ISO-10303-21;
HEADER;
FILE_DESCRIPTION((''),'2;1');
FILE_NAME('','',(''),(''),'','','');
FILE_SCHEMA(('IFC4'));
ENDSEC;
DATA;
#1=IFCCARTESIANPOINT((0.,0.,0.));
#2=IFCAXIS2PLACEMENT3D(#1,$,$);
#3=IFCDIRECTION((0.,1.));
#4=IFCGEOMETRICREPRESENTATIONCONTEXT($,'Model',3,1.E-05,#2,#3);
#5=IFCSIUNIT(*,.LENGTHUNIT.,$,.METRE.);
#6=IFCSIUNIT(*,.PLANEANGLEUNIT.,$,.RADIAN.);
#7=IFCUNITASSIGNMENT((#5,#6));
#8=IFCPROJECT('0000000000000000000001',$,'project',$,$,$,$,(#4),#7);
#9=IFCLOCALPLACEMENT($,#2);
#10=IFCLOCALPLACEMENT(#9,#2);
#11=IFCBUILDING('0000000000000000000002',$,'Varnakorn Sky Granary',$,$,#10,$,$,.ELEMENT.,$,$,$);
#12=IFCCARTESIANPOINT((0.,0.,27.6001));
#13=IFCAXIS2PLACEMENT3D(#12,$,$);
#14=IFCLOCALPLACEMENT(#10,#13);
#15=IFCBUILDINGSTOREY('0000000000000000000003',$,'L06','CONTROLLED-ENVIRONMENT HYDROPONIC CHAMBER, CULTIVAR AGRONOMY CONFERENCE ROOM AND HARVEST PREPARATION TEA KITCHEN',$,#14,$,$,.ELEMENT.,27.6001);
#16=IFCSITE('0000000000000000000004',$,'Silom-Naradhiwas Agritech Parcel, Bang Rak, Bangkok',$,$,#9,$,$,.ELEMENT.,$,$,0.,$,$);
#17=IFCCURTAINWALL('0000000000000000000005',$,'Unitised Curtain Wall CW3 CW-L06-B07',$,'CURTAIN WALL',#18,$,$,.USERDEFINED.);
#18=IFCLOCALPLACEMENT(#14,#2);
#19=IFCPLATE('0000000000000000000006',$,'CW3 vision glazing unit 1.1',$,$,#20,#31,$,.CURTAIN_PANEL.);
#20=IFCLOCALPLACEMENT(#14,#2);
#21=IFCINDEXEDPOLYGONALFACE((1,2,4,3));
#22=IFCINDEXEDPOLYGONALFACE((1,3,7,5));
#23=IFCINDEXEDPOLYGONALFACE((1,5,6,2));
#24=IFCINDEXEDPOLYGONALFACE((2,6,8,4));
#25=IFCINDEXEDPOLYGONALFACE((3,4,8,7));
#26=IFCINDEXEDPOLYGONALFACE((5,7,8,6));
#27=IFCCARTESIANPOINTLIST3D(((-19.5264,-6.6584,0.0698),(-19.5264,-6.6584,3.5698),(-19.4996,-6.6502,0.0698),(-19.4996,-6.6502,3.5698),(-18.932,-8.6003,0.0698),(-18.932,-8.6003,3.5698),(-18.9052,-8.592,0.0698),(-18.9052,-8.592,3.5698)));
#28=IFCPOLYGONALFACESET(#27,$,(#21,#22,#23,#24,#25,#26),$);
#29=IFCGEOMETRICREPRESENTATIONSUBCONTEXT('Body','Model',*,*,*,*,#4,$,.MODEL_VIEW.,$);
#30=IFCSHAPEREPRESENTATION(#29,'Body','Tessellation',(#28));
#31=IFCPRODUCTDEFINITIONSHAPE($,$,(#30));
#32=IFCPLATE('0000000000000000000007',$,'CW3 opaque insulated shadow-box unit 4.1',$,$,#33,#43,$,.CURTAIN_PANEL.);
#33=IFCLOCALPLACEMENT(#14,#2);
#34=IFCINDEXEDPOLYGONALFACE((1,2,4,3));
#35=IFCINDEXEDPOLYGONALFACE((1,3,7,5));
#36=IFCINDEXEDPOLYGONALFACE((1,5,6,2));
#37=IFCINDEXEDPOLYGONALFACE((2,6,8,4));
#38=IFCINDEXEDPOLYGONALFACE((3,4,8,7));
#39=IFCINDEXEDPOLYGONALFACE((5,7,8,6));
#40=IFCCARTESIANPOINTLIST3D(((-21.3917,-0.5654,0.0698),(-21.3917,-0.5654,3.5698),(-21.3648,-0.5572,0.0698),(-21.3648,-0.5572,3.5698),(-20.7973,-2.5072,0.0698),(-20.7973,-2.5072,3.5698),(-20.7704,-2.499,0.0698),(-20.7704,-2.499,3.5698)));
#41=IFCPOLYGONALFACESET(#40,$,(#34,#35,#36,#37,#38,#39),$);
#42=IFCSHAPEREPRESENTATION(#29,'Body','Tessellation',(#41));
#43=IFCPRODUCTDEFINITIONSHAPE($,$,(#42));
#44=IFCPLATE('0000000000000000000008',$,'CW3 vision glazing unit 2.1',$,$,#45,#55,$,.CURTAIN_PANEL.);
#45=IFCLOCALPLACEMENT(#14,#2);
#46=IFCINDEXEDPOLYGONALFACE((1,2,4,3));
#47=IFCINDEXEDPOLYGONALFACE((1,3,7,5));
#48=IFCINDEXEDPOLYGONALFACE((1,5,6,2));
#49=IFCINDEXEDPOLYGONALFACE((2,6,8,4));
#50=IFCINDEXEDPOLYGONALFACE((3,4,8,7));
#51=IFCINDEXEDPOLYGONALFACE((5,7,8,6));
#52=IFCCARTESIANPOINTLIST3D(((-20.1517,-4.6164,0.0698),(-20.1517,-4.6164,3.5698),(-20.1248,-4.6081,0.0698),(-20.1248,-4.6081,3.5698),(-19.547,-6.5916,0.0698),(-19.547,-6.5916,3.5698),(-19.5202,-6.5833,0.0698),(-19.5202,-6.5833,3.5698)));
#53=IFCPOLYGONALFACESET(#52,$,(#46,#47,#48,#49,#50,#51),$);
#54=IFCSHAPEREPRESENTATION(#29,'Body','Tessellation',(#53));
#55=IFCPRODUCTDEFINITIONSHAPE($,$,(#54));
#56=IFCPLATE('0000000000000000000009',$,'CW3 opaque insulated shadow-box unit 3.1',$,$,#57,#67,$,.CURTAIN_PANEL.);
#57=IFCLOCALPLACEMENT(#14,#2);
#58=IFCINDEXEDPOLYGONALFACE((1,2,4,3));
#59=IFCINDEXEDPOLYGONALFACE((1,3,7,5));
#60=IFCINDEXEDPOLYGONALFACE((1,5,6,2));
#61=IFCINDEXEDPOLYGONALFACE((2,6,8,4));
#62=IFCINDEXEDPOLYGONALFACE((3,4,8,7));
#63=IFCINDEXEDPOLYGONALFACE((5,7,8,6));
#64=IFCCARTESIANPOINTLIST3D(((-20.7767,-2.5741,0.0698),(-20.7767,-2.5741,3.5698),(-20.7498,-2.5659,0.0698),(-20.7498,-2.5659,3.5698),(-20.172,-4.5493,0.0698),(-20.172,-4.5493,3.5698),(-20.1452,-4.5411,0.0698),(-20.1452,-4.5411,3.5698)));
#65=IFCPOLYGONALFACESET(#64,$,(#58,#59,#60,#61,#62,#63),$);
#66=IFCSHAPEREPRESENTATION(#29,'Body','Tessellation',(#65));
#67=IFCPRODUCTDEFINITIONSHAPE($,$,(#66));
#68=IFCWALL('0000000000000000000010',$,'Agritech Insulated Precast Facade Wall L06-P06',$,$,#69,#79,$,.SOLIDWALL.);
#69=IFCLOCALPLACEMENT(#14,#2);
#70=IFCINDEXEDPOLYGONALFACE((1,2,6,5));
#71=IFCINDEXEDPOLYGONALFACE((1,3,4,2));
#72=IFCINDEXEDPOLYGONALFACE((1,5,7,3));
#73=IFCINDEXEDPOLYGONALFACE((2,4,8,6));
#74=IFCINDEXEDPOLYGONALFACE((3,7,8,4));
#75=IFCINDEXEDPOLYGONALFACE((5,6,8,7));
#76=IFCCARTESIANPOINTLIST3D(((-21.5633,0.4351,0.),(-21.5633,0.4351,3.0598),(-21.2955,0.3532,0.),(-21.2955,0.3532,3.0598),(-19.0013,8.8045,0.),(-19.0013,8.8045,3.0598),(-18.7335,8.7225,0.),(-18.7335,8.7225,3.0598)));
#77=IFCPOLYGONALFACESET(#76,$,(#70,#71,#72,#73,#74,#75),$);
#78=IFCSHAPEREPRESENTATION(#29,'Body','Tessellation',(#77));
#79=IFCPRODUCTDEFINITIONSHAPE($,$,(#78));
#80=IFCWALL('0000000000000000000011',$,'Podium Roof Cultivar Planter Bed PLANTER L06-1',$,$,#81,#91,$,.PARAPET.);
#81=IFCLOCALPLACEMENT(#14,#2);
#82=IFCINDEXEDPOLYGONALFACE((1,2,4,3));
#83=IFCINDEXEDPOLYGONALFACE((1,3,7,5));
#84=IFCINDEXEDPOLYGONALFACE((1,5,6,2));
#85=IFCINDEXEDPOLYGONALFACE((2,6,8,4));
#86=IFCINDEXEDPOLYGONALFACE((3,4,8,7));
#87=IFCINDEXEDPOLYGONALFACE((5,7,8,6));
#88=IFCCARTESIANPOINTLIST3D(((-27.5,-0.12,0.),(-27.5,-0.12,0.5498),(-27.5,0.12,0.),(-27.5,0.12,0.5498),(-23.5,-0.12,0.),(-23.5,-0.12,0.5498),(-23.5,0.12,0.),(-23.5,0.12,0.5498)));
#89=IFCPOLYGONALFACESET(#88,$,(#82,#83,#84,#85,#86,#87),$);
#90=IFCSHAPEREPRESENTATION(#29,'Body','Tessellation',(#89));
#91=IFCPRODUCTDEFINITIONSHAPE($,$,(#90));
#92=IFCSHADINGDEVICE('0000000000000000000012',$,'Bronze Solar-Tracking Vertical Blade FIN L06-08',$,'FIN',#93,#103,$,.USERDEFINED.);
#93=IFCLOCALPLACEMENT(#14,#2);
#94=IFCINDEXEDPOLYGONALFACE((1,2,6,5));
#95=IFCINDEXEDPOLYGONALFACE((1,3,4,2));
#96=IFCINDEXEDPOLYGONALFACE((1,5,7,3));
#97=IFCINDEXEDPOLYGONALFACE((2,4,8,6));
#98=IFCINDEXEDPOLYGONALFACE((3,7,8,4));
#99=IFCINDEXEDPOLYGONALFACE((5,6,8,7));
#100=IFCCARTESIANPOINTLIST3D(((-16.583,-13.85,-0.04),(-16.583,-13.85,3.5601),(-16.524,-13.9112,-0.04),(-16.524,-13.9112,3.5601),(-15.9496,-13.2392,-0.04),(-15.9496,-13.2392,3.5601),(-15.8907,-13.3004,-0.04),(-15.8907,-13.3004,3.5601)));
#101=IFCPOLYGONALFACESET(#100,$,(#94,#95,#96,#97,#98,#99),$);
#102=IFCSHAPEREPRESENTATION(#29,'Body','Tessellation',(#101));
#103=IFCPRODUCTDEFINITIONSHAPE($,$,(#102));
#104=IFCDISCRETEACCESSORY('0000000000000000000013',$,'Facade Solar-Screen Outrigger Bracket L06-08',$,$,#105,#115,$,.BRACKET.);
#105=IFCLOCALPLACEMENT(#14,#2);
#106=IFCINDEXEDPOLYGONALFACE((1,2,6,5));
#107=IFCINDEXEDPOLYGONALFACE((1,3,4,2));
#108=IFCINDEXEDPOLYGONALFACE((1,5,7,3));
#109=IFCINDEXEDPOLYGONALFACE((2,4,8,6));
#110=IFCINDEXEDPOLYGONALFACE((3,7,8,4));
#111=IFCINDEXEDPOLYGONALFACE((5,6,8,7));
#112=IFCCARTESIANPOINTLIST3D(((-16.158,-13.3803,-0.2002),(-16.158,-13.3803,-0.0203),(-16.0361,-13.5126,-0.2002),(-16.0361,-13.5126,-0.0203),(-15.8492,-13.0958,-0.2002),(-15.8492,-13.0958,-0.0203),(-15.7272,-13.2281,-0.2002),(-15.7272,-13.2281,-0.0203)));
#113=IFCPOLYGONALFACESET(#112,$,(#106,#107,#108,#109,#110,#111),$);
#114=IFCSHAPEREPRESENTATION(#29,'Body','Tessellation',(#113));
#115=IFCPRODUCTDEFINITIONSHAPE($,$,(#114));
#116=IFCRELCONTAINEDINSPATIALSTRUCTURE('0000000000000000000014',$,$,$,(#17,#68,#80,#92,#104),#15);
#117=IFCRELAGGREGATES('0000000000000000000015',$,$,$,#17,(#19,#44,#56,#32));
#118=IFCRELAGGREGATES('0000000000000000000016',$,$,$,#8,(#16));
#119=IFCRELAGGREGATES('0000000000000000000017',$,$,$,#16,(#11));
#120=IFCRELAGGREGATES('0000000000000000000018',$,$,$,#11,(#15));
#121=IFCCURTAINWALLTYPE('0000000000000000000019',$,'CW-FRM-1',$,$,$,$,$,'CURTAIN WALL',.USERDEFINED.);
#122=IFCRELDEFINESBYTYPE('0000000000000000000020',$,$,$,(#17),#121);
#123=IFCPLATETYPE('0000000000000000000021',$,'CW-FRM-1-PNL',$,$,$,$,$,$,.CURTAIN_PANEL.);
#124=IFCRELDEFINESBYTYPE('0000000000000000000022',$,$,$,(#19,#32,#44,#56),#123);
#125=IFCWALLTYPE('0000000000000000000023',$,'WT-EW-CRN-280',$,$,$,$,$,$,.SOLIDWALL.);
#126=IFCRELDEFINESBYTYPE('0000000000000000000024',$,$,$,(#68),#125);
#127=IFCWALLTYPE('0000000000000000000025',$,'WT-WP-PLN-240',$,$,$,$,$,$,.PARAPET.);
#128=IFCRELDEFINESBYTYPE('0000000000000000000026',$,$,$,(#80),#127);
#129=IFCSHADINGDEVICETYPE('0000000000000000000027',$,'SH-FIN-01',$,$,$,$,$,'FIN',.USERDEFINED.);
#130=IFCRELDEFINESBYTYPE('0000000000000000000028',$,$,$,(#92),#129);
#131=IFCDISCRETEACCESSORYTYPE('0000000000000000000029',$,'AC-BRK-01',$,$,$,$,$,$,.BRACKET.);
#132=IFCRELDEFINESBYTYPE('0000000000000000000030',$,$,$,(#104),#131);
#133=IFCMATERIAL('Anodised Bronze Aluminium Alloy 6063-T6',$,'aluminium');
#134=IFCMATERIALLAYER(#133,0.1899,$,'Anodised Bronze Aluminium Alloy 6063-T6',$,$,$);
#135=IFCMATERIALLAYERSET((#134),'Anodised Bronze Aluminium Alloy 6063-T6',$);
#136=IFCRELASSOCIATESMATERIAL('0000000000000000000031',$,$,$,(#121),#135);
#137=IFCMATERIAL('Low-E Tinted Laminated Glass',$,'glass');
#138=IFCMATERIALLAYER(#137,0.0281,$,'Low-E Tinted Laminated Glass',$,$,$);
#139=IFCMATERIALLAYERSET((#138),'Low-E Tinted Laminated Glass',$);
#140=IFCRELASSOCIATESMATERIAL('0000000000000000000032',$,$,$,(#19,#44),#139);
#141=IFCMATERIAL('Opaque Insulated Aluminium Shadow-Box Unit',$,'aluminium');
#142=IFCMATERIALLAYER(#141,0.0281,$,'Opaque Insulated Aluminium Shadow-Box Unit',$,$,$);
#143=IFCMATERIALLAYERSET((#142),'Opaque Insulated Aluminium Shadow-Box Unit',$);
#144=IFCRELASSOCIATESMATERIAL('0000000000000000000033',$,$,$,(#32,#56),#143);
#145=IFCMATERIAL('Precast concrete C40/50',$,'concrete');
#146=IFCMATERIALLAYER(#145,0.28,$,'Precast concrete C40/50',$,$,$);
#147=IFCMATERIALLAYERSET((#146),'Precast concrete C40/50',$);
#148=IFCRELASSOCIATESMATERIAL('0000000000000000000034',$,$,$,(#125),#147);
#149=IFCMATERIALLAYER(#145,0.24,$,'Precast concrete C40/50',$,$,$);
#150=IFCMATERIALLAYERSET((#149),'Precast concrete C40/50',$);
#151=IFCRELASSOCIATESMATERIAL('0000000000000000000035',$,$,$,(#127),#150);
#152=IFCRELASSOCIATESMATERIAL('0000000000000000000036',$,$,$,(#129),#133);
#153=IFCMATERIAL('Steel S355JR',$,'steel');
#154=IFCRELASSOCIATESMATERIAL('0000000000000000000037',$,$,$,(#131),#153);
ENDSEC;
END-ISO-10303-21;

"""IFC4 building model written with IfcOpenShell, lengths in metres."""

from ifc_helpers import new_model, si_unit, direction, frame, frame_2d, origin, origin_2d, place, context, subcontext, project, spatial, rectangle, extrude, source, transform, mapped, material, layer, layer_set, type_object, type_shapes, element, aggregate, save


model = new_model("IFC4")

# Units and contexts
model_context = context("Model", 3, precision=1e-05, world=origin(), true_north=direction((0.0, 1.0)))
body_context = subcontext(model_context, "Body", "Model", "MODEL_VIEW")
ifc_project = project(units=[si_unit("LENGTHUNIT", "METRE"), si_unit("PLANEANGLEUNIT", "RADIAN")], contexts=[model_context])

# Site, building, storey
site_placement = place(None, origin())
site = spatial("IfcSite", under=ifc_project, at=site_placement, Name="Silom-Naradhiwas Agritech Parcel, Bang Rak, Bangkok", CompositionType="ELEMENT", RefElevation=0.0)
building_placement = place(site_placement, origin())
building = spatial("IfcBuilding", under=site, at=building_placement, Name="Varnakorn Sky Granary", CompositionType="ELEMENT")
storey_placement = place(building_placement, frame((0.0, 0.0, 27.6001)))
storey = spatial("IfcBuildingStorey", under=building, at=storey_placement, Name="L06", Description="CONTROLLED-ENVIRONMENT HYDROPONIC CHAMBER, CULTIVAR AGRONOMY CONFERENCE ROOM AND HARVEST PREPARATION TEA KITCHEN", CompositionType="ELEMENT", Elevation=27.6001)

# Shared definitions
ifc_material_1 = material(Name="Steel S355JR", Category="steel")

# Curtain wall
ifc_material_2 = material(Name="Anodised Bronze Aluminium Alloy 6063-T6", Category="aluminium")
ifc_layer_1 = layer(ifc_material_2, 0.1899, Name="Anodised Bronze Aluminium Alloy 6063-T6")
ifc_layer_set_1 = layer_set([ifc_layer_1], Name="Anodised Bronze Aluminium Alloy 6063-T6")
curtain_wall_type = type_object("IfcCurtainWallType", Name="CW-FRM-1", ElementType="CURTAIN WALL", PredefinedType="USERDEFINED", material=ifc_layer_set_1)
curtain_wall_1_placement = place(storey_placement, origin())
curtain_wall_1 = element("IfcCurtainWall", 1, at=curtain_wall_1_placement, inside=storey, type_object=curtain_wall_type, Name="Unitised Curtain Wall CW3 CW-L06-B07", ObjectType="CURTAIN WALL", PredefinedType="USERDEFINED")

# Plates
ifc_material_3 = material(Name="Low-E Tinted Laminated Glass", Category="glass")
ifc_layer_2 = layer(ifc_material_3, 0.0281, Name="Low-E Tinted Laminated Glass")
ifc_layer_set_2 = layer_set([ifc_layer_2], Name="Low-E Tinted Laminated Glass")
plate_type_1 = type_object("IfcPlateType", Name="CW-FRM-1-PNL", PredefinedType="CURTAIN_PANEL")
shared_shape_1 = source(origin(), body_context, "Body", "SweptSolid", [
    extrude(rectangle(XDim=2.0308, YDim=0.0281, at=origin_2d()), origin(), (0.0, 0.0, 1.0), 3.5),
])
plate_1_placement = place(storey_placement, frame((-19.2158, -7.6252, 0.0698), z_axis=(0.0, 0.0, 1.0), x_axis=(-0.292701, 0.956204, 0.0)))
plate_1 = element("IfcPlate", 2, at=plate_1_placement, type_object=plate_type_1, material=ifc_layer_set_2, Name="CW3 vision glazing unit 1.1", PredefinedType="CURTAIN_PANEL", context=body_context, shape_type="MappedRepresentation", body=[
    mapped(shared_shape_1, transform((0.0, 0.0, 0.0), x_axis=(1.0, 0.0, 0.0), y_axis=(0.0, 1.0, 0.0), z_axis=(0.0, 0.0, 1.0), scale=1.0)),
])
ifc_material_4 = material(Name="Opaque Insulated Aluminium Shadow-Box Unit", Category="aluminium")
ifc_layer_3 = layer(ifc_material_4, 0.0281, Name="Opaque Insulated Aluminium Shadow-Box Unit")
ifc_layer_set_3 = layer_set([ifc_layer_3], Name="Opaque Insulated Aluminium Shadow-Box Unit")
plate_2_placement = place(storey_placement, frame((-21.0811, -1.5322, 0.0698), z_axis=(0.0, 0.0, 1.0), x_axis=(-0.292701, 0.956204, 0.0)))
plate_2 = element("IfcPlate", 3, at=plate_2_placement, type_object=plate_type_1, material=ifc_layer_set_3, Name="CW3 opaque insulated shadow-box unit 4.1", PredefinedType="CURTAIN_PANEL", context=body_context, shape_type="MappedRepresentation", body=[
    mapped(shared_shape_1, transform((0.0, 0.0, 0.0), x_axis=(1.0, 0.0, 0.0), y_axis=(0.0, 1.0, 0.0), z_axis=(0.0, 0.0, 1.0), scale=1.0)),
])
shared_shape_2 = source(origin(), body_context, "Body", "SweptSolid", [
    extrude(rectangle(XDim=2.0657, YDim=0.0281, at=origin_2d()), origin(), (0.0, 0.0, 1.0), 3.5),
])
plate_3_placement = place(storey_placement, frame((-19.8359, -5.5999, 0.0698), z_axis=(0.0, 0.0, 1.0), x_axis=(-0.292701, 0.956204, 0.0)))
plate_3 = element("IfcPlate", 4, at=plate_3_placement, type_object=plate_type_1, material=ifc_layer_set_2, Name="CW3 vision glazing unit 2.1", PredefinedType="CURTAIN_PANEL", context=body_context, shape_type="MappedRepresentation", body=[
    mapped(shared_shape_2, transform((0.0, 0.0, 0.0), x_axis=(1.0, 0.0, 0.0), y_axis=(0.0, 1.0, 0.0), z_axis=(0.0, 0.0, 1.0), scale=1.0)),
])
plate_4_placement = place(storey_placement, frame((-20.4609, -3.5576, 0.0698), z_axis=(0.0, 0.0, 1.0), x_axis=(-0.292701, 0.956204, 0.0)))
plate_4 = element("IfcPlate", 5, at=plate_4_placement, type_object=plate_type_1, material=ifc_layer_set_3, Name="CW3 opaque insulated shadow-box unit 3.1", PredefinedType="CURTAIN_PANEL", context=body_context, shape_type="MappedRepresentation", body=[
    mapped(shared_shape_2, transform((0.0, 0.0, 0.0), x_axis=(1.0, 0.0, 0.0), y_axis=(0.0, 1.0, 0.0), z_axis=(0.0, 0.0, 1.0), scale=1.0)),
])
aggregate(curtain_wall_1, [plate_1, plate_3, plate_4, plate_2])

# Walls
ifc_material_5 = material(Name="Precast concrete C40/50", Category="concrete")
ifc_layer_4 = layer(ifc_material_5, 0.28, Name="Precast concrete C40/50")
ifc_layer_set_4 = layer_set([ifc_layer_4], Name="Precast concrete C40/50")
wall_type_1 = type_object("IfcWallType", Name="WT-EW-CRN-280", PredefinedType="SOLIDWALL", material=ifc_layer_set_4)
wall_1_placement = place(storey_placement, frame((-21.4294, 0.394, 0.0), z_axis=(0.0, 0.0, 1.0), x_axis=(0.29271, 0.956201, 0.0)))
element("IfcWall", 6, at=wall_1_placement, inside=storey, type_object=wall_type_1, Name="Agritech Insulated Precast Facade Wall L06-P06", PredefinedType="SOLIDWALL", context=body_context, shape_type="SweptSolid", body=[
    extrude(rectangle(XDim=8.7527, YDim=0.28, at=frame_2d((4.3765, 0.0))), origin(), (0.0, 0.0, 1.0), 3.0598),
])
ifc_layer_5 = layer(ifc_material_5, 0.24, Name="Precast concrete C40/50")
ifc_layer_set_5 = layer_set([ifc_layer_5], Name="Precast concrete C40/50")
wall_type_2 = type_object("IfcWallType", Name="WT-WP-PLN-240", PredefinedType="PARAPET", material=ifc_layer_set_5)
wall_2_placement = place(storey_placement, frame((-27.5, 0.0, 0.0), z_axis=(0.0, 0.0, 1.0), x_axis=(1.0, 0.0, 0.0)))
element("IfcWall", 7, at=wall_2_placement, inside=storey, type_object=wall_type_2, Name="Podium Roof Cultivar Planter Bed PLANTER L06-1", PredefinedType="PARAPET", context=body_context, shape_type="SweptSolid", body=[
    extrude(rectangle(XDim=4.0, YDim=0.24, at=frame_2d((2.0, 0.0))), origin(), (0.0, 0.0, 1.0), 0.5498),
])

# Shading device
shading_device_type = type_object("IfcShadingDeviceType", Name="SH-FIN-01", ElementType="FIN", PredefinedType="USERDEFINED", material=ifc_material_2)
shared_shape_3 = source(origin(), body_context, "Body", "SweptSolid", [
    extrude(rectangle(XDim=0.085, YDim=0.8799, at=origin_2d()), origin(), (0.0, 0.0, 1.0), 3.6001),
])
type_shapes(shading_device_type, [shared_shape_3])
shading_device_placement = place(storey_placement, frame((-16.2368, -13.5752, -0.04), z_axis=(0.0, 0.0, 1.0), x_axis=(0.694172, -0.719809, 0.0)))
element("IfcShadingDevice", 8, at=shading_device_placement, inside=storey, type_object=shading_device_type, Name="Bronze Solar-Tracking Vertical Blade FIN L06-08", ObjectType="FIN", PredefinedType="USERDEFINED", context=body_context, shape_type="MappedRepresentation", body=[
    mapped(shared_shape_3, transform((0.0, 0.0, 0.0), x_axis=(1.0, 0.0, 0.0), y_axis=(0.0, 1.0, 0.0), z_axis=(0.0, 0.0, 1.0), scale=1.0)),
])

# Discrete accessory
discrete_accessory_type = type_object("IfcDiscreteAccessoryType", Name="AC-BRK-01", PredefinedType="BRACKET", material=ifc_material_1)
shared_shape_4 = source(origin(), body_context, "Body", "SweptSolid", [
    extrude(rectangle(XDim=0.1799, YDim=0.4199, at=origin_2d()), origin(), (0.0, 0.0, 1.0), 0.1799),
])
type_shapes(discrete_accessory_type, [shared_shape_4])
discrete_accessory_placement = place(storey_placement, frame((-15.9426, -13.3042, -0.2002), z_axis=(0.0, 0.0, 1.0), x_axis=(0.677527, -0.735498, 0.0)))
element("IfcDiscreteAccessory", 9, at=discrete_accessory_placement, inside=storey, type_object=discrete_accessory_type, Name="Facade Solar-Screen Outrigger Bracket L06-08", PredefinedType="BRACKET", context=body_context, shape_type="MappedRepresentation", body=[
    mapped(shared_shape_4, transform((0.0, 0.0, 0.0), x_axis=(1.0, 0.0, 0.0), y_axis=(0.0, 1.0, 0.0), z_axis=(0.0, 0.0, 1.0), scale=1.0)),
])

save(model, "model.ifc")
